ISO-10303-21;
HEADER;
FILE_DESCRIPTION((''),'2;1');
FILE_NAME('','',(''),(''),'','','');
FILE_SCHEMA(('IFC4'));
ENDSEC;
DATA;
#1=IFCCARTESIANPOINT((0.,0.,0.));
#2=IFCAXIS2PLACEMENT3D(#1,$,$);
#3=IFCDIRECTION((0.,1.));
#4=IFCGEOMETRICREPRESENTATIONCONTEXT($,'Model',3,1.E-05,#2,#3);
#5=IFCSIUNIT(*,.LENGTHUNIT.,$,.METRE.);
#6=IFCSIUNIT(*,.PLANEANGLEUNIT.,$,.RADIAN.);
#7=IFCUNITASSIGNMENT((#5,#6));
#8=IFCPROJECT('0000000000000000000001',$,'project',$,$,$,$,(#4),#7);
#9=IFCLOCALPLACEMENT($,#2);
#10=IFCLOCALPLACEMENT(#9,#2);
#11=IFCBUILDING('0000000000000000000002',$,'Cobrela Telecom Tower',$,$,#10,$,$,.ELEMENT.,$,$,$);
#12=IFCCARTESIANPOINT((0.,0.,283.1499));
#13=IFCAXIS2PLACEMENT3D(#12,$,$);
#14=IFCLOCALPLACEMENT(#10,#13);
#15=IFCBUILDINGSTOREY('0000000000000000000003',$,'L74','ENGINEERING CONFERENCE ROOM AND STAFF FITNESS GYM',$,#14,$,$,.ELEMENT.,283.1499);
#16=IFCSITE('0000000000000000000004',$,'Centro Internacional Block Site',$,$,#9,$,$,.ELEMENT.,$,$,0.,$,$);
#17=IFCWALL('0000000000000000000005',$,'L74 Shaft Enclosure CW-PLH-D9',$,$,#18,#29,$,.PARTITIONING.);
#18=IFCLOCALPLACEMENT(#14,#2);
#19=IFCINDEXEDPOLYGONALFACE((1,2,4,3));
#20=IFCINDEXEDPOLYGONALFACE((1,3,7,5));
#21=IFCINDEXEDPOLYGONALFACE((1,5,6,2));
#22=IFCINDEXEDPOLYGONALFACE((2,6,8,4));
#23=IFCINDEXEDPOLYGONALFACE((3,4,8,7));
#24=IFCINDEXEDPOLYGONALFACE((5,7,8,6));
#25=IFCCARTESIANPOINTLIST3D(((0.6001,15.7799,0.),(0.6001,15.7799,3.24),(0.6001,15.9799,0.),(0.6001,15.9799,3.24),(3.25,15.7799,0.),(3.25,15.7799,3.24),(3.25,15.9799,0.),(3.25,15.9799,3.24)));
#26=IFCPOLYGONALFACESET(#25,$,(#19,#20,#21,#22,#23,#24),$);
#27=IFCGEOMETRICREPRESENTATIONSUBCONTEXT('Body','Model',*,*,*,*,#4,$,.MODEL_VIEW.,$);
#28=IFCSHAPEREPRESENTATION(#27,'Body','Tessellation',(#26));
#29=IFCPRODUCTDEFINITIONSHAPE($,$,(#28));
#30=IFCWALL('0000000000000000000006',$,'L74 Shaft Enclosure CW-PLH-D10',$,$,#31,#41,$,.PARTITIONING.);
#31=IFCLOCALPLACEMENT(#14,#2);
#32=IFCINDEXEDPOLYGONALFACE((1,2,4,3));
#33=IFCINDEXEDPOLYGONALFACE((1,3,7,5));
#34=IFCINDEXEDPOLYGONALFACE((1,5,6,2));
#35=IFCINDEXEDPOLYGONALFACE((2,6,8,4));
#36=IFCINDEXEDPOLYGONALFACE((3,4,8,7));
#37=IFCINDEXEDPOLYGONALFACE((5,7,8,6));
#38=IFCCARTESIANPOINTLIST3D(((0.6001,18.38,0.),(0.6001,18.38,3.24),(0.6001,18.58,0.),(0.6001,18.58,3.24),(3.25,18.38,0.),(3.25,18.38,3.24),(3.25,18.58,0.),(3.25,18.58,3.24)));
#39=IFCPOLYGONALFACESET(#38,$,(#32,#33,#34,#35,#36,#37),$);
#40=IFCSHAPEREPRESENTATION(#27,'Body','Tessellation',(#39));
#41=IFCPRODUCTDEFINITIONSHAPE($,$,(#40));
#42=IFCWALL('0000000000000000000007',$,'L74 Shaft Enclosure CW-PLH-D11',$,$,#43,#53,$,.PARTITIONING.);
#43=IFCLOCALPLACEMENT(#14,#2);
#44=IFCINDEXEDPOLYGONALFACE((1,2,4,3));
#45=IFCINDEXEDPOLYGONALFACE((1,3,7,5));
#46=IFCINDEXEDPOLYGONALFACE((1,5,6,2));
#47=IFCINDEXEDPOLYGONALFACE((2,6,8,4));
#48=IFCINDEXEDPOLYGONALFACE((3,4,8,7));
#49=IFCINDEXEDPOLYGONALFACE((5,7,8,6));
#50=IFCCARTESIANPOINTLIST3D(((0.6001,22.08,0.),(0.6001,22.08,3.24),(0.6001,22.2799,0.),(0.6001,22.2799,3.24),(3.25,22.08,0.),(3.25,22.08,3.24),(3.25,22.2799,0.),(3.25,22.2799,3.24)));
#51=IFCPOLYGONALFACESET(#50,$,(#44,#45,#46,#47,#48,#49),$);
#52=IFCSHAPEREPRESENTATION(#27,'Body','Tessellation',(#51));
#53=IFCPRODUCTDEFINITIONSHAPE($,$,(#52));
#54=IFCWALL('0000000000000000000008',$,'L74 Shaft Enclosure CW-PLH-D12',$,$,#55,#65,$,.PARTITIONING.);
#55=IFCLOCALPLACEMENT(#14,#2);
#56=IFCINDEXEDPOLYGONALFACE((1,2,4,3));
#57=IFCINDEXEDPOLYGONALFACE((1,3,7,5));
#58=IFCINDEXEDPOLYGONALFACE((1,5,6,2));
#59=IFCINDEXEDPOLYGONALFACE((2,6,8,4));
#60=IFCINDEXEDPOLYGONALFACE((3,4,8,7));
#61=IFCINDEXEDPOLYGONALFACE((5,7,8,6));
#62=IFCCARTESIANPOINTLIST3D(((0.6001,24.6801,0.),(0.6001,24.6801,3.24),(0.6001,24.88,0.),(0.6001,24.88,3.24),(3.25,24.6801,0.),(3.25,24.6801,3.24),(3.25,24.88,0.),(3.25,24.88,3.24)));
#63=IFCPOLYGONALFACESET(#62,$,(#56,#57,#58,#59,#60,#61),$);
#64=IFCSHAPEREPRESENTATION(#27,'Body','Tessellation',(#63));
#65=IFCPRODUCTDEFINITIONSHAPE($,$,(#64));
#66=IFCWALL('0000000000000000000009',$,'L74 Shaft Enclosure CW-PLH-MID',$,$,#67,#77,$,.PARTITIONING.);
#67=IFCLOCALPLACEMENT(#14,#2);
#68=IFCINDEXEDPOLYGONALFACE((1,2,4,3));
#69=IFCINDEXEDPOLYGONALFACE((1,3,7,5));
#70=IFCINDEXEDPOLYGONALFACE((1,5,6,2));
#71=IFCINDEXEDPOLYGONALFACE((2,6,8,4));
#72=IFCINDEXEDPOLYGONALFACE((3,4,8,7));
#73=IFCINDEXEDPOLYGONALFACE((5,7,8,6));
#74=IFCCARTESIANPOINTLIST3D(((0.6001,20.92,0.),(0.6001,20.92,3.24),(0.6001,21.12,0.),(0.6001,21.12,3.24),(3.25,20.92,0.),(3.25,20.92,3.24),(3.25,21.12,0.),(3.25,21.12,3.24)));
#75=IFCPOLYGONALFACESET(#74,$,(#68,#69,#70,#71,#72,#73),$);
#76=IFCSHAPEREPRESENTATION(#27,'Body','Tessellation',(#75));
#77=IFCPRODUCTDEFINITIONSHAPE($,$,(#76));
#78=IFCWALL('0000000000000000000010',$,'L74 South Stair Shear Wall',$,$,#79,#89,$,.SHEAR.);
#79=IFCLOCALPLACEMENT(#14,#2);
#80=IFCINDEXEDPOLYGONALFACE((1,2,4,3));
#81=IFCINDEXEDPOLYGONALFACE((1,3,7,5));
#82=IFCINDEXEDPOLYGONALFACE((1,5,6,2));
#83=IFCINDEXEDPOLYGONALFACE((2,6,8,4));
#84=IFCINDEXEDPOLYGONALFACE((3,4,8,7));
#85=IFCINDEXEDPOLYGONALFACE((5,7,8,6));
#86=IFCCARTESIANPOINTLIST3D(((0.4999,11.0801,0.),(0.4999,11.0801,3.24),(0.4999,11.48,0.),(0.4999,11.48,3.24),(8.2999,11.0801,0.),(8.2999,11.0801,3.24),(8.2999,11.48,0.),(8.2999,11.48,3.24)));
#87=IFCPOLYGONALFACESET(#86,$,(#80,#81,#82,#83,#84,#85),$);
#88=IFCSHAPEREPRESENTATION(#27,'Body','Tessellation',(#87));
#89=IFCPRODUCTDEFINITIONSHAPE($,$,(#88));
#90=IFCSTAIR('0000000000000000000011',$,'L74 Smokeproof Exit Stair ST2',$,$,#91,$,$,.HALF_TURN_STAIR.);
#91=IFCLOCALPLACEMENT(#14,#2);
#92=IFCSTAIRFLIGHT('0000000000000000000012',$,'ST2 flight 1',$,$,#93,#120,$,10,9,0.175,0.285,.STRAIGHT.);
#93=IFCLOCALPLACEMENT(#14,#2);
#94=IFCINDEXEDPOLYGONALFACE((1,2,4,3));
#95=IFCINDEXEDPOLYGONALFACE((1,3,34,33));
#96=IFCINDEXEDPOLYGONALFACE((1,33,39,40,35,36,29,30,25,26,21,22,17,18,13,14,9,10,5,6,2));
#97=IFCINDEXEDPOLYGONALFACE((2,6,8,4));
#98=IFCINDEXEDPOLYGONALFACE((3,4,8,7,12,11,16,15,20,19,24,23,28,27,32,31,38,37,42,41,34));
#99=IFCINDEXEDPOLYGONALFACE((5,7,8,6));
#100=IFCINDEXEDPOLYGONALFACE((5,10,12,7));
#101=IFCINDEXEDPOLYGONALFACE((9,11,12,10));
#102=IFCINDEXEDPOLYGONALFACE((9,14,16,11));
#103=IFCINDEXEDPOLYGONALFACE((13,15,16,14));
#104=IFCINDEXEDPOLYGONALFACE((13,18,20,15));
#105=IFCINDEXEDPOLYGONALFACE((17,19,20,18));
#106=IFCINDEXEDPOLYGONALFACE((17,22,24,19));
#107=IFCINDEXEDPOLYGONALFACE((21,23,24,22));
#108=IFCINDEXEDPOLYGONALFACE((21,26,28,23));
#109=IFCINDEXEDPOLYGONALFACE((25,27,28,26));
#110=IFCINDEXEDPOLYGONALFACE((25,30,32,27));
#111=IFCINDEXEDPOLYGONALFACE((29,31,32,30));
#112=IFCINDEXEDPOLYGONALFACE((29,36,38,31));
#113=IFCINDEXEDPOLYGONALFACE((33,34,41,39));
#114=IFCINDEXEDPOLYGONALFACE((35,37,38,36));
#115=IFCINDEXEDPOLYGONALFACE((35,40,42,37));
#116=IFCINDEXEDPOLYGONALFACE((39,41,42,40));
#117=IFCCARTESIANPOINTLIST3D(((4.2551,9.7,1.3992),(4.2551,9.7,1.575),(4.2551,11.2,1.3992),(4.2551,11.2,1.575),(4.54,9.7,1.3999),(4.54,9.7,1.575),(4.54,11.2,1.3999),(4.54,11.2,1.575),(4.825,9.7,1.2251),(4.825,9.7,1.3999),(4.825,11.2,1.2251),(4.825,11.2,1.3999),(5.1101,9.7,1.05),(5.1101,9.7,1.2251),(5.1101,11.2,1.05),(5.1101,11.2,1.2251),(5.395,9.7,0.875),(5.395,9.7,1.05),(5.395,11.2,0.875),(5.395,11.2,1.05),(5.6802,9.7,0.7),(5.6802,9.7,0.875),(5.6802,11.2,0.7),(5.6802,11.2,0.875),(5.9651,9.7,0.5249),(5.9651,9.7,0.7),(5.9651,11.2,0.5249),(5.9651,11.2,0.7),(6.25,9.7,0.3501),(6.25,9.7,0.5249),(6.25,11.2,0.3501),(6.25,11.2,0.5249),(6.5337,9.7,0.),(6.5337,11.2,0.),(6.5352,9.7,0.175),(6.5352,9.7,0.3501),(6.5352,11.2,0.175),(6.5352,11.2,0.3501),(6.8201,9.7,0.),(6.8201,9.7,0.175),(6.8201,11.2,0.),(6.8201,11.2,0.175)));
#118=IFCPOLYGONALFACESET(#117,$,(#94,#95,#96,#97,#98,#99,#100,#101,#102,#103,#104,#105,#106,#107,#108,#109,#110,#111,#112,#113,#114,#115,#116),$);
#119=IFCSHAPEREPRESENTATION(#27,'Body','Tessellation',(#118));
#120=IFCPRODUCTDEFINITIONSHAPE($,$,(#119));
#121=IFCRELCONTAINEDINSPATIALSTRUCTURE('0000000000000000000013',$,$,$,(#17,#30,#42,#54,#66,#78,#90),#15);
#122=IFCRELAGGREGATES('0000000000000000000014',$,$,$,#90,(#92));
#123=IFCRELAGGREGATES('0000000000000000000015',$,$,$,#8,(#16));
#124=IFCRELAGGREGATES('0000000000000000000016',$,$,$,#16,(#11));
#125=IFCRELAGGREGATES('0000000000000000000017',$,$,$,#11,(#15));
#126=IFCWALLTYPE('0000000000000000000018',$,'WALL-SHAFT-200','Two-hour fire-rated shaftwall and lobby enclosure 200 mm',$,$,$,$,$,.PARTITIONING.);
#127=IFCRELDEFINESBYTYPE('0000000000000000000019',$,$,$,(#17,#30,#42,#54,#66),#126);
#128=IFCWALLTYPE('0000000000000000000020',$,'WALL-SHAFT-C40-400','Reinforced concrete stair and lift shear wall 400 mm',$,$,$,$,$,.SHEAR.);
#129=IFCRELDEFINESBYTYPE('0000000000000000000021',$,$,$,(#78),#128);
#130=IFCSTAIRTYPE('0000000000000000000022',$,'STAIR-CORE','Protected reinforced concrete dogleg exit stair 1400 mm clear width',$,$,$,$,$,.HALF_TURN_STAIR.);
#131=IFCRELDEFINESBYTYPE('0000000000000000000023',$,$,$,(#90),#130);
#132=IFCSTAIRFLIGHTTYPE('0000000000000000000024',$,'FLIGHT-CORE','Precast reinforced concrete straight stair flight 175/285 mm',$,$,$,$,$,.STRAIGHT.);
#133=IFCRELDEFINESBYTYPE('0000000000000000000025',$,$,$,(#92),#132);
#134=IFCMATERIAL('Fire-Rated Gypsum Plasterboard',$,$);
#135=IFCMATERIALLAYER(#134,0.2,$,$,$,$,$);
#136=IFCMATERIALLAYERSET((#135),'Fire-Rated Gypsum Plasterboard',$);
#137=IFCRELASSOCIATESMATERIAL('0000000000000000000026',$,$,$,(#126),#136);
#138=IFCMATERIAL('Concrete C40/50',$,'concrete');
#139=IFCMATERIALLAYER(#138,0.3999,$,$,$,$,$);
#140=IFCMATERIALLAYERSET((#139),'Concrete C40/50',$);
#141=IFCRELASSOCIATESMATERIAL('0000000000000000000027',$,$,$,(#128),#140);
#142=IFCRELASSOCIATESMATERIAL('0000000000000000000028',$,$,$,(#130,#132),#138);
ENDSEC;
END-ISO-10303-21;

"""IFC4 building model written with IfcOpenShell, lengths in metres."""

from ifc_helpers import new_model, si_unit, direction, frame, frame_2d, origin, place, context, subcontext, project, spatial, polyline, rectangle, outline, extrude, material, layer, layer_set, type_object, element, aggregate, save


model = new_model("IFC4")

# Units and contexts
model_context = context("Model", 3, precision=1e-05, world=origin(), true_north=direction((0.0, 1.0)))
body_context = subcontext(model_context, "Body", "Model", "MODEL_VIEW")
ifc_project = project(units=[si_unit("LENGTHUNIT", "METRE"), si_unit("PLANEANGLEUNIT", "RADIAN")], contexts=[model_context])

# Site, building, storey
site_placement = place(None, origin())
site = spatial("IfcSite", under=ifc_project, at=site_placement, Name="Centro Internacional Block Site", CompositionType="ELEMENT", RefElevation=0.0)
building_placement = place(site_placement, origin())
building = spatial("IfcBuilding", under=site, at=building_placement, Name="Cobrela Telecom Tower", CompositionType="ELEMENT")
storey_placement = place(building_placement, frame((0.0, 0.0, 283.1499)))
storey = spatial("IfcBuildingStorey", under=building, at=storey_placement, Name="L74", Description="ENGINEERING CONFERENCE ROOM AND STAFF FITNESS GYM", CompositionType="ELEMENT", Elevation=283.1499)

# Shared definitions
ifc_material_1 = material(Name="Fire-Rated Gypsum Plasterboard")

# Shared definitions
ifc_layer_1 = layer(ifc_material_1, 0.2)
ifc_layer_set_1 = layer_set([ifc_layer_1], Name="Fire-Rated Gypsum Plasterboard")
wall_type_1 = type_object("IfcWallType", Name="WALL-SHAFT-200", Description="Two-hour fire-rated shaftwall and lobby enclosure 200 mm", PredefinedType="PARTITIONING", material=ifc_layer_set_1)

# Walls
for number, where, z_axis, x_axis, name in (
    (1, (0.6001, 15.8799, 0.0), (0.0, 0.0, 1.0), (1.0, 0.0, 0.0), "L74 Shaft Enclosure CW-PLH-D9"),
    (2, (0.6001, 18.48, 0.0), (0.0, 0.0, 1.0), (1.0, 0.0, 0.0), "L74 Shaft Enclosure CW-PLH-D10"),
    (3, (0.6001, 22.1799, 0.0), (0.0, 0.0, 1.0), (1.0, 0.0, 0.0), "L74 Shaft Enclosure CW-PLH-D11"),
    (4, (0.6001, 24.78, 0.0), (0.0, 0.0, 1.0), (1.0, 0.0, 0.0), "L74 Shaft Enclosure CW-PLH-D12"),
    (5, (0.6001, 21.02, 0.0), (0.0, 0.0, 1.0), (1.0, 0.0, 0.0), "L74 Shaft Enclosure CW-PLH-MID"),
):
    element("IfcWall", number, at=place(storey_placement, frame(where, z_axis=z_axis, x_axis=x_axis)), inside=storey, type_object=wall_type_1, Name=name, PredefinedType="PARTITIONING", context=body_context, shape_type="SweptSolid", body=[
        extrude(rectangle(XDim=2.6499, YDim=0.2, at=frame_2d((1.325, 0.0))), origin(), (0.0, 0.0, 1.0), 3.24),
    ])
ifc_material_2 = material(Name="Concrete C40/50", Category="concrete")
ifc_layer_2 = layer(ifc_material_2, 0.3999)
ifc_layer_set_2 = layer_set([ifc_layer_2], Name="Concrete C40/50")
wall_type_2 = type_object("IfcWallType", Name="WALL-SHAFT-C40-400", Description="Reinforced concrete stair and lift shear wall 400 mm", PredefinedType="SHEAR", material=ifc_layer_set_2)
wall_1_placement = place(storey_placement, frame((0.5, 11.28, 0.0), z_axis=(0.0, 0.0, 1.0), x_axis=(1.0, 0.0, 0.0)))
element("IfcWall", 6, at=wall_1_placement, inside=storey, type_object=wall_type_2, Name="L74 South Stair Shear Wall", PredefinedType="SHEAR", context=body_context, shape_type="SweptSolid", body=[
    extrude(rectangle(XDim=7.8, YDim=0.3999, at=frame_2d((3.8999, 0.0))), origin(), (0.0, 0.0, 1.0), 3.24),
])

# Stair, stair flight
stair_type = type_object("IfcStairType", Name="STAIR-CORE", Description="Protected reinforced concrete dogleg exit stair 1400 mm clear width", PredefinedType="HALF_TURN_STAIR", material=ifc_material_2)
stair_placement = place(storey_placement, origin())
stair = element("IfcStair", 7, at=stair_placement, inside=storey, type_object=stair_type, Name="L74 Smokeproof Exit Stair ST2", PredefinedType="HALF_TURN_STAIR")
stair_flight_type = type_object("IfcStairFlightType", Name="FLIGHT-CORE", Description="Precast reinforced concrete straight stair flight 175/285 mm", PredefinedType="STRAIGHT", material=ifc_material_2)
stair_flight_placement = place(storey_placement, frame((6.8201, 10.45, 0.0), z_axis=(0.0, 0.0, 1.0), x_axis=(-1.0, 0.0, 0.0)))
stair_flight = element("IfcStairFlight", 8, at=stair_flight_placement, type_object=stair_flight_type, Name="ST2 flight 1", NumberOfRisers=10, NumberOfTreads=9, PredefinedType="STRAIGHT", RiserHeight=0.175, TreadLength=0.285, context=body_context, shape_type="SweptSolid", body=[
    extrude(outline(polyline([(0.0, 0.0), (0.0, 0.175), (0.2849, 0.175), (0.2849, 0.3501), (0.5701, 0.3501), (0.5701, 0.5249), (0.855, 0.5249), (0.855, 0.7), (1.1399, 0.7), (1.1399, 0.875), (1.425, 0.875), (1.425, 1.05), (1.71, 1.05), (1.71, 1.2251), (1.9951, 1.2251), (1.9951, 1.3999), (2.28, 1.3999), (2.28, 1.575), (2.5649, 1.575), (2.5649, 1.75), (2.5649, 1.3992), (0.2864, 0.0), (0.0, 0.0)])), frame((0.0, 0.75, 0.0), z_axis=(0.0, -1.0, 0.0), x_axis=(1.0, 0.0, 0.0)), (0.0, 0.0, 1.0), 1.5),
])
aggregate(stair, [stair_flight])

save(model, "model.ifc")
